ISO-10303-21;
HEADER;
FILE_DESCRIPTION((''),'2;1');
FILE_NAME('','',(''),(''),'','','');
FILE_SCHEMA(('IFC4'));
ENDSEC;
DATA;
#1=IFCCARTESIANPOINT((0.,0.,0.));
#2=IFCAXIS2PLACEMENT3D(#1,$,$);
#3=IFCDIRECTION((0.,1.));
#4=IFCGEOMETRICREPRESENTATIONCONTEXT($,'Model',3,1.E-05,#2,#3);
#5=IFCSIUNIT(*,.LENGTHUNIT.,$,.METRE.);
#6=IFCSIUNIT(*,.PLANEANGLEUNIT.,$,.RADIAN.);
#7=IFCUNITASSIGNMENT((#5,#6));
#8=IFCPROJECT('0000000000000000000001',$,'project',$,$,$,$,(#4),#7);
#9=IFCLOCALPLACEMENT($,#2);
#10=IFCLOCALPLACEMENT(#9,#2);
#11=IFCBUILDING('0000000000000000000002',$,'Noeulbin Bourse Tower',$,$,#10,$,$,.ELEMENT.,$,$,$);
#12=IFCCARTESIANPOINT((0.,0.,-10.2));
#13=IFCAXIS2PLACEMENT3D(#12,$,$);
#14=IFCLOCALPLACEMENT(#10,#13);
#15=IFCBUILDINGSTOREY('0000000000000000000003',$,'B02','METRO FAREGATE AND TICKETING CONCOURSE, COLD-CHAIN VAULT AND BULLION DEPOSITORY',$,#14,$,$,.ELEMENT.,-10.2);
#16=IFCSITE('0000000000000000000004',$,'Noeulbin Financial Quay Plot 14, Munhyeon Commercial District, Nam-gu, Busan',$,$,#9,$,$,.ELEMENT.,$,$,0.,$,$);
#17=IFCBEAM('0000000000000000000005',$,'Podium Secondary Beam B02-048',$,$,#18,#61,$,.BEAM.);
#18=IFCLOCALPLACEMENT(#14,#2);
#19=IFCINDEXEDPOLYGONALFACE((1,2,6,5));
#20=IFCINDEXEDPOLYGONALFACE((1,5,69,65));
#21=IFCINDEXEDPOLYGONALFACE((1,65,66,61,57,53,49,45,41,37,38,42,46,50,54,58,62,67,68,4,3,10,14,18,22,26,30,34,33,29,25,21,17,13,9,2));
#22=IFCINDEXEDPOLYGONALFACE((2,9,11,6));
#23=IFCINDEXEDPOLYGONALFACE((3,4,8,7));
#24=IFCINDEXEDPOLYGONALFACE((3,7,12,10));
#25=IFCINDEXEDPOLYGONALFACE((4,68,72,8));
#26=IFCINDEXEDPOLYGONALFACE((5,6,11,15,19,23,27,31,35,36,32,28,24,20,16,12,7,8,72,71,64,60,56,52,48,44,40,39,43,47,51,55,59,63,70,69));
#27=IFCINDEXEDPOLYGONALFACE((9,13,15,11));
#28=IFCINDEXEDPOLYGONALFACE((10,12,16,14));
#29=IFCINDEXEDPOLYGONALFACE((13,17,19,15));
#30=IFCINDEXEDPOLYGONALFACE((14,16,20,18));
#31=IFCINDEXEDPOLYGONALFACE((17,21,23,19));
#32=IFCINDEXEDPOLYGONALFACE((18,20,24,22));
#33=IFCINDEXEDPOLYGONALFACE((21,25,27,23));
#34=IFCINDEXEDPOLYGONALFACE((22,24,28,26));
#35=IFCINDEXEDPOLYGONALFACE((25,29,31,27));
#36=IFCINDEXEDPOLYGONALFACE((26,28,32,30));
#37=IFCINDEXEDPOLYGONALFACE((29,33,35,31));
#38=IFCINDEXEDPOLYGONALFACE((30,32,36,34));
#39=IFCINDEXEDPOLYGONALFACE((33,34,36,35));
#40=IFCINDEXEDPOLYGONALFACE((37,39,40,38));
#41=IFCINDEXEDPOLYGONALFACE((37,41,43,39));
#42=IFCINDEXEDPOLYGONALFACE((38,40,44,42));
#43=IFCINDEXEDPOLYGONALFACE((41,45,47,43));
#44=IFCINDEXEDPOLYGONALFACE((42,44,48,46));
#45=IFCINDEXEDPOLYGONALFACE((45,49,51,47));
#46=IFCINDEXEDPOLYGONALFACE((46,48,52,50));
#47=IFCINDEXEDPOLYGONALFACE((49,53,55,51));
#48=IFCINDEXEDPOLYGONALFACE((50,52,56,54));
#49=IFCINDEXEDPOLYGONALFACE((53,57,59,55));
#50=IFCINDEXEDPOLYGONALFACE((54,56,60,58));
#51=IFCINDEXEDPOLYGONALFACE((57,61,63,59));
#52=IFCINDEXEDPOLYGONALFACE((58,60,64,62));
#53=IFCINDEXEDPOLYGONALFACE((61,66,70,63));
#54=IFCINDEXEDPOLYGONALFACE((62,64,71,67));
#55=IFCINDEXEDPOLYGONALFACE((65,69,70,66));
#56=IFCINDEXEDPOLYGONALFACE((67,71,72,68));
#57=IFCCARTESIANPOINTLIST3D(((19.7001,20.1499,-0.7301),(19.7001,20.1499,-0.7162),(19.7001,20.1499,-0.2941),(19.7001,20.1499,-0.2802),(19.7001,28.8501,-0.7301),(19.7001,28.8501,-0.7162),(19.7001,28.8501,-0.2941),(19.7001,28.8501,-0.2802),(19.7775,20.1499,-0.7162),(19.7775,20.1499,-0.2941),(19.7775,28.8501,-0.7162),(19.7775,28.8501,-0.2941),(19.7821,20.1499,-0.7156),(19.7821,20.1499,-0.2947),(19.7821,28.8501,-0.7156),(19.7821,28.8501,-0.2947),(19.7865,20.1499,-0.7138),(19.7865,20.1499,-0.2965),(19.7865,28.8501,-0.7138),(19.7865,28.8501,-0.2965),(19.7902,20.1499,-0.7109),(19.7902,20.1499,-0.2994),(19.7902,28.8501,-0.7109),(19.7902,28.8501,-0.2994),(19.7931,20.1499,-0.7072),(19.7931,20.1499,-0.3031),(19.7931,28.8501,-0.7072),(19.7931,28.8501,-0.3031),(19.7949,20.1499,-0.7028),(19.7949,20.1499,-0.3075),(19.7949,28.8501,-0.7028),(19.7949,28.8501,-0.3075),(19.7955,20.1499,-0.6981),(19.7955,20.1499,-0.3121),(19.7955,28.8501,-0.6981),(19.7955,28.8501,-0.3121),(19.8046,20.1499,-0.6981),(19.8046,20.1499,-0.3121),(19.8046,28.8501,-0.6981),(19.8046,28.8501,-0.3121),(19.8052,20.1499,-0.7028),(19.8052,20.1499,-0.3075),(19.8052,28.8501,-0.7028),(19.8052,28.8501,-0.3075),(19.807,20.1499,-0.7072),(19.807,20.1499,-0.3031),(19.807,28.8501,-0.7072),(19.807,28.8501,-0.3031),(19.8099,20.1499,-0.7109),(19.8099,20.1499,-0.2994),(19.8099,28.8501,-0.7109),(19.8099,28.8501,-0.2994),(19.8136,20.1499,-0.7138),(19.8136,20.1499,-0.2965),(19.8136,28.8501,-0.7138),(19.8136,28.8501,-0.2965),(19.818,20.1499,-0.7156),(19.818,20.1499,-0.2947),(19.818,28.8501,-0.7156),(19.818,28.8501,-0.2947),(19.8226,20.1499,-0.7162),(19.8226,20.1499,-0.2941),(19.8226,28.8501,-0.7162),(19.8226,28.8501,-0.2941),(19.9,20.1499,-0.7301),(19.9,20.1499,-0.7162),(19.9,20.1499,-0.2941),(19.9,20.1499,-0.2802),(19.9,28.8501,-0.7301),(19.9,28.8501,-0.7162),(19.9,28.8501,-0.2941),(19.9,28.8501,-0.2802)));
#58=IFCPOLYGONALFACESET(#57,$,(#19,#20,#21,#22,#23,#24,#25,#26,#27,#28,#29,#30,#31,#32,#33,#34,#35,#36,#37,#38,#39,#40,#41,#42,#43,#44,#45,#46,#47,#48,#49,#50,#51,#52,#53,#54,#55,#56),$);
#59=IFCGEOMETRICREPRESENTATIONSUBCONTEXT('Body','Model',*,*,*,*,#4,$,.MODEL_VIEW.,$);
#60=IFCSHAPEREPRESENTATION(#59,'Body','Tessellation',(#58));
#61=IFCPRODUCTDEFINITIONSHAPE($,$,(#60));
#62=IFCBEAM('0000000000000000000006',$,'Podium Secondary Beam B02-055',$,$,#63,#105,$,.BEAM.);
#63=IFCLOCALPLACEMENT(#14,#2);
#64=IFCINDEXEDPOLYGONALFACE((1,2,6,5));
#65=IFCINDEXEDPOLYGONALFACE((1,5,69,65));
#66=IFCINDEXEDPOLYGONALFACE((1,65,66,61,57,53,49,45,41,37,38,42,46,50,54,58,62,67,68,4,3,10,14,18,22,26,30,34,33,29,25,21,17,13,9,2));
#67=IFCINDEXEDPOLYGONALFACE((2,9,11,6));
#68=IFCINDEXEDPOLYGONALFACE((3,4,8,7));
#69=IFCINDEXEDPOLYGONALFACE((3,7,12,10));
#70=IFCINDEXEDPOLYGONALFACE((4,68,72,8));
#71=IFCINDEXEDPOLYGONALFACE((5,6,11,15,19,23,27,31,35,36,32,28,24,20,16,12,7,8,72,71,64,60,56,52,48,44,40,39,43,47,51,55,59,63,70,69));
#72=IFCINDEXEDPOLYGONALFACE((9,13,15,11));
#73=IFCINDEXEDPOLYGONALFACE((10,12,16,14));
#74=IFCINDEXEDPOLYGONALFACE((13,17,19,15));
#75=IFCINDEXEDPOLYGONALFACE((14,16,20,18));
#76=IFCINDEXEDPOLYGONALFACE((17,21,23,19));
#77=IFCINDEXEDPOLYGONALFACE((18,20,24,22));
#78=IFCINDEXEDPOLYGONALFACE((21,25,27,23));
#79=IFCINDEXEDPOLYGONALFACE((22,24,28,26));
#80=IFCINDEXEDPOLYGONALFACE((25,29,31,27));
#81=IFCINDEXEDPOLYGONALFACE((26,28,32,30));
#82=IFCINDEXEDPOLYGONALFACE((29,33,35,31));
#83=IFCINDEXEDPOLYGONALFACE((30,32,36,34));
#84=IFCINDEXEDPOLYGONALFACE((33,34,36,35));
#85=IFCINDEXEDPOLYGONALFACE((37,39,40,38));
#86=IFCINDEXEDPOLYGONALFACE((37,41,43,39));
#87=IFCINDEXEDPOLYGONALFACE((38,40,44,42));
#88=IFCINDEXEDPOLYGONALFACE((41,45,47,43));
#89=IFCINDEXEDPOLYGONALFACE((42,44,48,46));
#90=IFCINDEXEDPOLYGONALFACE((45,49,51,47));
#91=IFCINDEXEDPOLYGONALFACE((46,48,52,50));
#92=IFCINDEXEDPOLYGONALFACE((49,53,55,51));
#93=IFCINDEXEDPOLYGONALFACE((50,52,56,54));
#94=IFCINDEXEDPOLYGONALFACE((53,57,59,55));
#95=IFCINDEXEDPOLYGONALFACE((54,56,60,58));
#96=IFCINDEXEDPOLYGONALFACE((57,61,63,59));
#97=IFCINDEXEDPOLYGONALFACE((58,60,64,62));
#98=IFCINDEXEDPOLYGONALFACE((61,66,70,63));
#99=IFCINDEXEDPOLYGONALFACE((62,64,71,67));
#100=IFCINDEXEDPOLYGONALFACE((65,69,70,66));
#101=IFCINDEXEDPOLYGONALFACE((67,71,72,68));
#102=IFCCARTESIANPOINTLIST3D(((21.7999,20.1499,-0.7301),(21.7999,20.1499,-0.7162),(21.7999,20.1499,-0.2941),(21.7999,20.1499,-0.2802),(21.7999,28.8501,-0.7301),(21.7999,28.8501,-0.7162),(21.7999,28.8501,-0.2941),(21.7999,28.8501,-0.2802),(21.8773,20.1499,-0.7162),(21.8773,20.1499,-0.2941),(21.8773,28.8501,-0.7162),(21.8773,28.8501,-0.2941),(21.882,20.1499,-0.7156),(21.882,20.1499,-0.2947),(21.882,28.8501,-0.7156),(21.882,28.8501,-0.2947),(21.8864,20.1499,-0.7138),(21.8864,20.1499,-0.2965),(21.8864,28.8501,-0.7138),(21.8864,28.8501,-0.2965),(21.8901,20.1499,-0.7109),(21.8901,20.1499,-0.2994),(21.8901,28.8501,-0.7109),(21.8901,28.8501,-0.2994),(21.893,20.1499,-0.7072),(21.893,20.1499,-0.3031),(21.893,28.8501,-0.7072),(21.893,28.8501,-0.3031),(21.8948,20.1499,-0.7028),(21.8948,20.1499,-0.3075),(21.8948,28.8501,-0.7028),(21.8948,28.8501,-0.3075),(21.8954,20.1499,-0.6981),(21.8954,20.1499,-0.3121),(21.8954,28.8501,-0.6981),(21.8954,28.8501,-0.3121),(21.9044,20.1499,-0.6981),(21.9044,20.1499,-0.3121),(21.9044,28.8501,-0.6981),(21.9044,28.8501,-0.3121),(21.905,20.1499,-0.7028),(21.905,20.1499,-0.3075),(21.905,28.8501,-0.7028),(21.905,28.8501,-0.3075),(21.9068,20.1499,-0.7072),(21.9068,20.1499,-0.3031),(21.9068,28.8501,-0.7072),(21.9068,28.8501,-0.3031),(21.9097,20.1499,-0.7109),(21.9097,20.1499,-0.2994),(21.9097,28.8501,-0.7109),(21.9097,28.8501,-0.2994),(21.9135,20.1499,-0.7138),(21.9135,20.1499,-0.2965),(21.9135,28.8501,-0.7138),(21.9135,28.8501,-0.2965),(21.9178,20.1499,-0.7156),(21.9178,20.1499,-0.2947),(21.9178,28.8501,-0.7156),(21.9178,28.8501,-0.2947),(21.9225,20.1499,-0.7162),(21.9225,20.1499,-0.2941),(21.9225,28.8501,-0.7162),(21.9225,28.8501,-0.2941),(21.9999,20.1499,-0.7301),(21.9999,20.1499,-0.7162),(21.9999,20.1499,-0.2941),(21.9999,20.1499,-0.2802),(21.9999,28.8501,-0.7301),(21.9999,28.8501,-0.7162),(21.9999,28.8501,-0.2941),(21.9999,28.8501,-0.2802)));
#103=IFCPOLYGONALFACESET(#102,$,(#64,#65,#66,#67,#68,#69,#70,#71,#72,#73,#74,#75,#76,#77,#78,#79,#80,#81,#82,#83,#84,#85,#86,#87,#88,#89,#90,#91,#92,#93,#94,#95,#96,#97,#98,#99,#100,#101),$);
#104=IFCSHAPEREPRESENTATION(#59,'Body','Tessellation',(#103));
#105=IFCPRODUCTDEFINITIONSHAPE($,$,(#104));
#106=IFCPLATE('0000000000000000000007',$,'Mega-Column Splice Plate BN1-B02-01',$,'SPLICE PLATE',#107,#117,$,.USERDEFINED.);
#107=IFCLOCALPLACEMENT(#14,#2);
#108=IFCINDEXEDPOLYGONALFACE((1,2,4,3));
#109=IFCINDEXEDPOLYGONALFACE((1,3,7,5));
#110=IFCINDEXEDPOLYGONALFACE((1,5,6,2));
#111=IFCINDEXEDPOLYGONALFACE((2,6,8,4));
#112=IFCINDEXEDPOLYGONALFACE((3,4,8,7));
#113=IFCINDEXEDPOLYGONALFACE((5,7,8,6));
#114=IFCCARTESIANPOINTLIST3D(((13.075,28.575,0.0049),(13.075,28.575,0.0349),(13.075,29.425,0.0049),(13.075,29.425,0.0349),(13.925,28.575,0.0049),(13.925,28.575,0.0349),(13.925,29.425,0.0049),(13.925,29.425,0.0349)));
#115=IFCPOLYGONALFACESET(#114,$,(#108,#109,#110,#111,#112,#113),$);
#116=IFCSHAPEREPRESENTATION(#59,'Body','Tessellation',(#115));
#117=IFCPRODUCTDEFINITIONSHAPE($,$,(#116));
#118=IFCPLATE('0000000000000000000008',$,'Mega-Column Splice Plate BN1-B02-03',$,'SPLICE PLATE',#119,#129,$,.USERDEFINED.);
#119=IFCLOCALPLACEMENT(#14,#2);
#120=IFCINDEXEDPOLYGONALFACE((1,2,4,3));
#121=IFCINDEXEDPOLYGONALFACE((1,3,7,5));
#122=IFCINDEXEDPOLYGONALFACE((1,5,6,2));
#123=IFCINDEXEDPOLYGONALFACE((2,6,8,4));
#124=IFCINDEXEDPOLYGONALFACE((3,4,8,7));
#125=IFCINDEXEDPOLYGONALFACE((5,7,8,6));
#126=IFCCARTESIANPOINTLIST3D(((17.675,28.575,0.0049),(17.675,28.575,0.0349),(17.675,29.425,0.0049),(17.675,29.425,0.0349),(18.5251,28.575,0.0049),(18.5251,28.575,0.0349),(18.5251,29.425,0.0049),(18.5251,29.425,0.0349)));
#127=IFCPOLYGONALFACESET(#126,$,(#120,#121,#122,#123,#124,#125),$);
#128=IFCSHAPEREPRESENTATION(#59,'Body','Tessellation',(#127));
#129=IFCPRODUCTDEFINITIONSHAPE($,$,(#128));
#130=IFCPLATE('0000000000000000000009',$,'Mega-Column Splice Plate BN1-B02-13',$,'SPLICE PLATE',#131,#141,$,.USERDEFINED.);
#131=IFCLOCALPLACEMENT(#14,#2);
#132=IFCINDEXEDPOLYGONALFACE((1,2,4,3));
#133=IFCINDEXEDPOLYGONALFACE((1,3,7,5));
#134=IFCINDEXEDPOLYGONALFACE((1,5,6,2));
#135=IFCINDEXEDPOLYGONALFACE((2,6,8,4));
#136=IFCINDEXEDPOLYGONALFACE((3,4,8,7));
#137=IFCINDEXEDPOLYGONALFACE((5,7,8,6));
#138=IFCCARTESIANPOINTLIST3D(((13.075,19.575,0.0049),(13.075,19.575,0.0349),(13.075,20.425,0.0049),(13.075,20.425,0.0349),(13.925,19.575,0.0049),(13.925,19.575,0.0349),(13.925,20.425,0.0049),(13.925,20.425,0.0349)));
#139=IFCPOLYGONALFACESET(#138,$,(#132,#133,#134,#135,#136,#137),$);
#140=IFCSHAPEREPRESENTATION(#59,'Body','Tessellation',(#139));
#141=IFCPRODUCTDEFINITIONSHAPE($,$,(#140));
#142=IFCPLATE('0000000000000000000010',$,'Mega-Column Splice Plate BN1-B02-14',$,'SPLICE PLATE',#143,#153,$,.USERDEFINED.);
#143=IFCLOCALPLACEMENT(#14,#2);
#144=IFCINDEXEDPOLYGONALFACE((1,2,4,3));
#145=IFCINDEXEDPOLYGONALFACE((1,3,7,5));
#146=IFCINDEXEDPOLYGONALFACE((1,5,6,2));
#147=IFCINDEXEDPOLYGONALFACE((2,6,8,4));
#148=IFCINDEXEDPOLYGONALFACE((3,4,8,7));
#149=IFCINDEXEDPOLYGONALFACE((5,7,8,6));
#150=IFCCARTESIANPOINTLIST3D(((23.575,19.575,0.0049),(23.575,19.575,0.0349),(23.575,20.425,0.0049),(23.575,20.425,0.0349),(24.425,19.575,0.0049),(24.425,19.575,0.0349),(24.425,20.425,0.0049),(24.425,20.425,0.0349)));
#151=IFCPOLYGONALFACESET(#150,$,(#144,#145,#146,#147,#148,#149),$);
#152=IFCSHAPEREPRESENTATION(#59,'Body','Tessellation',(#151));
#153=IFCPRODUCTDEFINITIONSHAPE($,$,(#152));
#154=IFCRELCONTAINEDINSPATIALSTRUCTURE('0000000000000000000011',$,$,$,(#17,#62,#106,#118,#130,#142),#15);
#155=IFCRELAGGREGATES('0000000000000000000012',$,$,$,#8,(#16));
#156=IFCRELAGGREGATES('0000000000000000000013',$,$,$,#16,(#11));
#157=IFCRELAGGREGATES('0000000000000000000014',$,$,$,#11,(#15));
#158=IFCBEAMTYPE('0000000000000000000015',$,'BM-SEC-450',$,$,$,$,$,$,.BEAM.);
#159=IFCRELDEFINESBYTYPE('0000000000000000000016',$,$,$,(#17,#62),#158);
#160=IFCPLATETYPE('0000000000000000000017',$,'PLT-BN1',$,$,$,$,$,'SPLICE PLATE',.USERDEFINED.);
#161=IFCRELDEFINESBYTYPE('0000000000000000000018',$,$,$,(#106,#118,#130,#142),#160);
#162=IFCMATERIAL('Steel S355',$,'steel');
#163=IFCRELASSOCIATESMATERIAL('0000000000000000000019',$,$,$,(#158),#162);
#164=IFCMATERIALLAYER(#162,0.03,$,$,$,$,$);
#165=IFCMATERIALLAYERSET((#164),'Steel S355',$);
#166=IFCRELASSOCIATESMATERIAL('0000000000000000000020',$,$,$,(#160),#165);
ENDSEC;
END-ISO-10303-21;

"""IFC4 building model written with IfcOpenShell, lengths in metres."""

from ifc_helpers import new_model, si_unit, direction, frame, origin, origin_2d, place, context, subcontext, project, spatial, rectangle, i_section, extrude, material, layer, layer_set, material_profile, profile_set, type_object, element, save


model = new_model("IFC4")

# Units and contexts
model_context = context("Model", 3, precision=1e-05, world=origin(), true_north=direction((0.0, 1.0)))
body_context = subcontext(model_context, "Body", "Model", "MODEL_VIEW")
ifc_project = project(units=[si_unit("LENGTHUNIT", "METRE"), si_unit("PLANEANGLEUNIT", "RADIAN")], contexts=[model_context])

# Site, building, storey
site_placement = place(None, origin())
site = spatial("IfcSite", under=ifc_project, at=site_placement, Name="Noeulbin Financial Quay Plot 14, Munhyeon Commercial District, Nam-gu, Busan", CompositionType="ELEMENT", RefElevation=0.0)
building_placement = place(site_placement, origin())
building = spatial("IfcBuilding", under=site, at=building_placement, Name="Noeulbin Bourse Tower", CompositionType="ELEMENT")
storey_placement = place(building_placement, frame((0.0, 0.0, -10.2)))
storey = spatial("IfcBuildingStorey", under=building, at=storey_placement, Name="B02", Description="METRO FAREGATE AND TICKETING CONCOURSE, COLD-CHAIN VAULT AND BULLION DEPOSITORY", CompositionType="ELEMENT", Elevation=-10.2)

# Beams
ifc_material_1 = material(Name="Steel S355", Category="steel")
ifc_material_profile_1 = material_profile(ifc_material_1, i_section(OverallWidth=0.2, OverallDepth=0.45, WebThickness=0.009, FlangeThickness=0.0139, FilletRadius=0.0181, at=origin_2d()), Name="H-450x200x9x14", Category="LoadBearing")
ifc_profile_set_1 = profile_set([ifc_material_profile_1], Name="Steel S355")
beam_type_1 = type_object("IfcBeamType", Name="BM-SEC-450", PredefinedType="BEAM", material=ifc_profile_set_1)
for number, where, z_axis, x_axis, name in (
    (1, (19.8, 20.1499, -0.5051), (0.0, 1.0, 0.0), (-1.0, 0.0, 0.0), "Podium Secondary Beam B02-048"),
    (2, (21.8999, 20.1499, -0.5051), (0.0, 1.0, 0.0), (-1.0, 0.0, 0.0), "Podium Secondary Beam B02-055"),
):
    element("IfcBeam", number, at=place(storey_placement, frame(where, z_axis=z_axis, x_axis=x_axis)), inside=storey, type_object=beam_type_1, Name=name, PredefinedType="BEAM", context=body_context, shape_type="SweptSolid", body=[
        extrude(i_section(OverallWidth=0.2, OverallDepth=0.45, WebThickness=0.009, FlangeThickness=0.0139, FilletRadius=0.0181, at=origin_2d()), origin(), (0.0, 0.0, 1.0), 8.7002),
    ])

# Plates
ifc_layer_1 = layer(ifc_material_1, 0.03)
ifc_layer_set_1 = layer_set([ifc_layer_1], Name="Steel S355")
plate_type = type_object("IfcPlateType", Name="PLT-BN1", ElementType="SPLICE PLATE", PredefinedType="USERDEFINED", material=ifc_layer_set_1)
for number, where, z_axis, x_axis, name in (
    (3, (13.5, 29.0, 0.0049), (0.0, 0.0, 1.0), (1.0, 0.0, 0.0), "Mega-Column Splice Plate BN1-B02-01"),
    (4, (18.1001, 29.0, 0.0049), (0.0, 0.0, 1.0), (1.0, 0.0, 0.0), "Mega-Column Splice Plate BN1-B02-03"),
    (5, (13.5, 20.0, 0.0049), (0.0, 0.0, 1.0), (1.0, 0.0, 0.0), "Mega-Column Splice Plate BN1-B02-13"),
    (6, (24.0, 20.0, 0.0049), (0.0, 0.0, 1.0), (1.0, 0.0, 0.0), "Mega-Column Splice Plate BN1-B02-14"),
):
    element("IfcPlate", number, at=place(storey_placement, frame(where, z_axis=z_axis, x_axis=x_axis)), inside=storey, type_object=plate_type, Name=name, ObjectType="SPLICE PLATE", PredefinedType="USERDEFINED", context=body_context, shape_type="SweptSolid", body=[
        extrude(rectangle(XDim=0.8501, YDim=0.8501, at=origin_2d()), origin(), (0.0, 0.0, 1.0), 0.03),
    ])

save(model, "model.ifc")
